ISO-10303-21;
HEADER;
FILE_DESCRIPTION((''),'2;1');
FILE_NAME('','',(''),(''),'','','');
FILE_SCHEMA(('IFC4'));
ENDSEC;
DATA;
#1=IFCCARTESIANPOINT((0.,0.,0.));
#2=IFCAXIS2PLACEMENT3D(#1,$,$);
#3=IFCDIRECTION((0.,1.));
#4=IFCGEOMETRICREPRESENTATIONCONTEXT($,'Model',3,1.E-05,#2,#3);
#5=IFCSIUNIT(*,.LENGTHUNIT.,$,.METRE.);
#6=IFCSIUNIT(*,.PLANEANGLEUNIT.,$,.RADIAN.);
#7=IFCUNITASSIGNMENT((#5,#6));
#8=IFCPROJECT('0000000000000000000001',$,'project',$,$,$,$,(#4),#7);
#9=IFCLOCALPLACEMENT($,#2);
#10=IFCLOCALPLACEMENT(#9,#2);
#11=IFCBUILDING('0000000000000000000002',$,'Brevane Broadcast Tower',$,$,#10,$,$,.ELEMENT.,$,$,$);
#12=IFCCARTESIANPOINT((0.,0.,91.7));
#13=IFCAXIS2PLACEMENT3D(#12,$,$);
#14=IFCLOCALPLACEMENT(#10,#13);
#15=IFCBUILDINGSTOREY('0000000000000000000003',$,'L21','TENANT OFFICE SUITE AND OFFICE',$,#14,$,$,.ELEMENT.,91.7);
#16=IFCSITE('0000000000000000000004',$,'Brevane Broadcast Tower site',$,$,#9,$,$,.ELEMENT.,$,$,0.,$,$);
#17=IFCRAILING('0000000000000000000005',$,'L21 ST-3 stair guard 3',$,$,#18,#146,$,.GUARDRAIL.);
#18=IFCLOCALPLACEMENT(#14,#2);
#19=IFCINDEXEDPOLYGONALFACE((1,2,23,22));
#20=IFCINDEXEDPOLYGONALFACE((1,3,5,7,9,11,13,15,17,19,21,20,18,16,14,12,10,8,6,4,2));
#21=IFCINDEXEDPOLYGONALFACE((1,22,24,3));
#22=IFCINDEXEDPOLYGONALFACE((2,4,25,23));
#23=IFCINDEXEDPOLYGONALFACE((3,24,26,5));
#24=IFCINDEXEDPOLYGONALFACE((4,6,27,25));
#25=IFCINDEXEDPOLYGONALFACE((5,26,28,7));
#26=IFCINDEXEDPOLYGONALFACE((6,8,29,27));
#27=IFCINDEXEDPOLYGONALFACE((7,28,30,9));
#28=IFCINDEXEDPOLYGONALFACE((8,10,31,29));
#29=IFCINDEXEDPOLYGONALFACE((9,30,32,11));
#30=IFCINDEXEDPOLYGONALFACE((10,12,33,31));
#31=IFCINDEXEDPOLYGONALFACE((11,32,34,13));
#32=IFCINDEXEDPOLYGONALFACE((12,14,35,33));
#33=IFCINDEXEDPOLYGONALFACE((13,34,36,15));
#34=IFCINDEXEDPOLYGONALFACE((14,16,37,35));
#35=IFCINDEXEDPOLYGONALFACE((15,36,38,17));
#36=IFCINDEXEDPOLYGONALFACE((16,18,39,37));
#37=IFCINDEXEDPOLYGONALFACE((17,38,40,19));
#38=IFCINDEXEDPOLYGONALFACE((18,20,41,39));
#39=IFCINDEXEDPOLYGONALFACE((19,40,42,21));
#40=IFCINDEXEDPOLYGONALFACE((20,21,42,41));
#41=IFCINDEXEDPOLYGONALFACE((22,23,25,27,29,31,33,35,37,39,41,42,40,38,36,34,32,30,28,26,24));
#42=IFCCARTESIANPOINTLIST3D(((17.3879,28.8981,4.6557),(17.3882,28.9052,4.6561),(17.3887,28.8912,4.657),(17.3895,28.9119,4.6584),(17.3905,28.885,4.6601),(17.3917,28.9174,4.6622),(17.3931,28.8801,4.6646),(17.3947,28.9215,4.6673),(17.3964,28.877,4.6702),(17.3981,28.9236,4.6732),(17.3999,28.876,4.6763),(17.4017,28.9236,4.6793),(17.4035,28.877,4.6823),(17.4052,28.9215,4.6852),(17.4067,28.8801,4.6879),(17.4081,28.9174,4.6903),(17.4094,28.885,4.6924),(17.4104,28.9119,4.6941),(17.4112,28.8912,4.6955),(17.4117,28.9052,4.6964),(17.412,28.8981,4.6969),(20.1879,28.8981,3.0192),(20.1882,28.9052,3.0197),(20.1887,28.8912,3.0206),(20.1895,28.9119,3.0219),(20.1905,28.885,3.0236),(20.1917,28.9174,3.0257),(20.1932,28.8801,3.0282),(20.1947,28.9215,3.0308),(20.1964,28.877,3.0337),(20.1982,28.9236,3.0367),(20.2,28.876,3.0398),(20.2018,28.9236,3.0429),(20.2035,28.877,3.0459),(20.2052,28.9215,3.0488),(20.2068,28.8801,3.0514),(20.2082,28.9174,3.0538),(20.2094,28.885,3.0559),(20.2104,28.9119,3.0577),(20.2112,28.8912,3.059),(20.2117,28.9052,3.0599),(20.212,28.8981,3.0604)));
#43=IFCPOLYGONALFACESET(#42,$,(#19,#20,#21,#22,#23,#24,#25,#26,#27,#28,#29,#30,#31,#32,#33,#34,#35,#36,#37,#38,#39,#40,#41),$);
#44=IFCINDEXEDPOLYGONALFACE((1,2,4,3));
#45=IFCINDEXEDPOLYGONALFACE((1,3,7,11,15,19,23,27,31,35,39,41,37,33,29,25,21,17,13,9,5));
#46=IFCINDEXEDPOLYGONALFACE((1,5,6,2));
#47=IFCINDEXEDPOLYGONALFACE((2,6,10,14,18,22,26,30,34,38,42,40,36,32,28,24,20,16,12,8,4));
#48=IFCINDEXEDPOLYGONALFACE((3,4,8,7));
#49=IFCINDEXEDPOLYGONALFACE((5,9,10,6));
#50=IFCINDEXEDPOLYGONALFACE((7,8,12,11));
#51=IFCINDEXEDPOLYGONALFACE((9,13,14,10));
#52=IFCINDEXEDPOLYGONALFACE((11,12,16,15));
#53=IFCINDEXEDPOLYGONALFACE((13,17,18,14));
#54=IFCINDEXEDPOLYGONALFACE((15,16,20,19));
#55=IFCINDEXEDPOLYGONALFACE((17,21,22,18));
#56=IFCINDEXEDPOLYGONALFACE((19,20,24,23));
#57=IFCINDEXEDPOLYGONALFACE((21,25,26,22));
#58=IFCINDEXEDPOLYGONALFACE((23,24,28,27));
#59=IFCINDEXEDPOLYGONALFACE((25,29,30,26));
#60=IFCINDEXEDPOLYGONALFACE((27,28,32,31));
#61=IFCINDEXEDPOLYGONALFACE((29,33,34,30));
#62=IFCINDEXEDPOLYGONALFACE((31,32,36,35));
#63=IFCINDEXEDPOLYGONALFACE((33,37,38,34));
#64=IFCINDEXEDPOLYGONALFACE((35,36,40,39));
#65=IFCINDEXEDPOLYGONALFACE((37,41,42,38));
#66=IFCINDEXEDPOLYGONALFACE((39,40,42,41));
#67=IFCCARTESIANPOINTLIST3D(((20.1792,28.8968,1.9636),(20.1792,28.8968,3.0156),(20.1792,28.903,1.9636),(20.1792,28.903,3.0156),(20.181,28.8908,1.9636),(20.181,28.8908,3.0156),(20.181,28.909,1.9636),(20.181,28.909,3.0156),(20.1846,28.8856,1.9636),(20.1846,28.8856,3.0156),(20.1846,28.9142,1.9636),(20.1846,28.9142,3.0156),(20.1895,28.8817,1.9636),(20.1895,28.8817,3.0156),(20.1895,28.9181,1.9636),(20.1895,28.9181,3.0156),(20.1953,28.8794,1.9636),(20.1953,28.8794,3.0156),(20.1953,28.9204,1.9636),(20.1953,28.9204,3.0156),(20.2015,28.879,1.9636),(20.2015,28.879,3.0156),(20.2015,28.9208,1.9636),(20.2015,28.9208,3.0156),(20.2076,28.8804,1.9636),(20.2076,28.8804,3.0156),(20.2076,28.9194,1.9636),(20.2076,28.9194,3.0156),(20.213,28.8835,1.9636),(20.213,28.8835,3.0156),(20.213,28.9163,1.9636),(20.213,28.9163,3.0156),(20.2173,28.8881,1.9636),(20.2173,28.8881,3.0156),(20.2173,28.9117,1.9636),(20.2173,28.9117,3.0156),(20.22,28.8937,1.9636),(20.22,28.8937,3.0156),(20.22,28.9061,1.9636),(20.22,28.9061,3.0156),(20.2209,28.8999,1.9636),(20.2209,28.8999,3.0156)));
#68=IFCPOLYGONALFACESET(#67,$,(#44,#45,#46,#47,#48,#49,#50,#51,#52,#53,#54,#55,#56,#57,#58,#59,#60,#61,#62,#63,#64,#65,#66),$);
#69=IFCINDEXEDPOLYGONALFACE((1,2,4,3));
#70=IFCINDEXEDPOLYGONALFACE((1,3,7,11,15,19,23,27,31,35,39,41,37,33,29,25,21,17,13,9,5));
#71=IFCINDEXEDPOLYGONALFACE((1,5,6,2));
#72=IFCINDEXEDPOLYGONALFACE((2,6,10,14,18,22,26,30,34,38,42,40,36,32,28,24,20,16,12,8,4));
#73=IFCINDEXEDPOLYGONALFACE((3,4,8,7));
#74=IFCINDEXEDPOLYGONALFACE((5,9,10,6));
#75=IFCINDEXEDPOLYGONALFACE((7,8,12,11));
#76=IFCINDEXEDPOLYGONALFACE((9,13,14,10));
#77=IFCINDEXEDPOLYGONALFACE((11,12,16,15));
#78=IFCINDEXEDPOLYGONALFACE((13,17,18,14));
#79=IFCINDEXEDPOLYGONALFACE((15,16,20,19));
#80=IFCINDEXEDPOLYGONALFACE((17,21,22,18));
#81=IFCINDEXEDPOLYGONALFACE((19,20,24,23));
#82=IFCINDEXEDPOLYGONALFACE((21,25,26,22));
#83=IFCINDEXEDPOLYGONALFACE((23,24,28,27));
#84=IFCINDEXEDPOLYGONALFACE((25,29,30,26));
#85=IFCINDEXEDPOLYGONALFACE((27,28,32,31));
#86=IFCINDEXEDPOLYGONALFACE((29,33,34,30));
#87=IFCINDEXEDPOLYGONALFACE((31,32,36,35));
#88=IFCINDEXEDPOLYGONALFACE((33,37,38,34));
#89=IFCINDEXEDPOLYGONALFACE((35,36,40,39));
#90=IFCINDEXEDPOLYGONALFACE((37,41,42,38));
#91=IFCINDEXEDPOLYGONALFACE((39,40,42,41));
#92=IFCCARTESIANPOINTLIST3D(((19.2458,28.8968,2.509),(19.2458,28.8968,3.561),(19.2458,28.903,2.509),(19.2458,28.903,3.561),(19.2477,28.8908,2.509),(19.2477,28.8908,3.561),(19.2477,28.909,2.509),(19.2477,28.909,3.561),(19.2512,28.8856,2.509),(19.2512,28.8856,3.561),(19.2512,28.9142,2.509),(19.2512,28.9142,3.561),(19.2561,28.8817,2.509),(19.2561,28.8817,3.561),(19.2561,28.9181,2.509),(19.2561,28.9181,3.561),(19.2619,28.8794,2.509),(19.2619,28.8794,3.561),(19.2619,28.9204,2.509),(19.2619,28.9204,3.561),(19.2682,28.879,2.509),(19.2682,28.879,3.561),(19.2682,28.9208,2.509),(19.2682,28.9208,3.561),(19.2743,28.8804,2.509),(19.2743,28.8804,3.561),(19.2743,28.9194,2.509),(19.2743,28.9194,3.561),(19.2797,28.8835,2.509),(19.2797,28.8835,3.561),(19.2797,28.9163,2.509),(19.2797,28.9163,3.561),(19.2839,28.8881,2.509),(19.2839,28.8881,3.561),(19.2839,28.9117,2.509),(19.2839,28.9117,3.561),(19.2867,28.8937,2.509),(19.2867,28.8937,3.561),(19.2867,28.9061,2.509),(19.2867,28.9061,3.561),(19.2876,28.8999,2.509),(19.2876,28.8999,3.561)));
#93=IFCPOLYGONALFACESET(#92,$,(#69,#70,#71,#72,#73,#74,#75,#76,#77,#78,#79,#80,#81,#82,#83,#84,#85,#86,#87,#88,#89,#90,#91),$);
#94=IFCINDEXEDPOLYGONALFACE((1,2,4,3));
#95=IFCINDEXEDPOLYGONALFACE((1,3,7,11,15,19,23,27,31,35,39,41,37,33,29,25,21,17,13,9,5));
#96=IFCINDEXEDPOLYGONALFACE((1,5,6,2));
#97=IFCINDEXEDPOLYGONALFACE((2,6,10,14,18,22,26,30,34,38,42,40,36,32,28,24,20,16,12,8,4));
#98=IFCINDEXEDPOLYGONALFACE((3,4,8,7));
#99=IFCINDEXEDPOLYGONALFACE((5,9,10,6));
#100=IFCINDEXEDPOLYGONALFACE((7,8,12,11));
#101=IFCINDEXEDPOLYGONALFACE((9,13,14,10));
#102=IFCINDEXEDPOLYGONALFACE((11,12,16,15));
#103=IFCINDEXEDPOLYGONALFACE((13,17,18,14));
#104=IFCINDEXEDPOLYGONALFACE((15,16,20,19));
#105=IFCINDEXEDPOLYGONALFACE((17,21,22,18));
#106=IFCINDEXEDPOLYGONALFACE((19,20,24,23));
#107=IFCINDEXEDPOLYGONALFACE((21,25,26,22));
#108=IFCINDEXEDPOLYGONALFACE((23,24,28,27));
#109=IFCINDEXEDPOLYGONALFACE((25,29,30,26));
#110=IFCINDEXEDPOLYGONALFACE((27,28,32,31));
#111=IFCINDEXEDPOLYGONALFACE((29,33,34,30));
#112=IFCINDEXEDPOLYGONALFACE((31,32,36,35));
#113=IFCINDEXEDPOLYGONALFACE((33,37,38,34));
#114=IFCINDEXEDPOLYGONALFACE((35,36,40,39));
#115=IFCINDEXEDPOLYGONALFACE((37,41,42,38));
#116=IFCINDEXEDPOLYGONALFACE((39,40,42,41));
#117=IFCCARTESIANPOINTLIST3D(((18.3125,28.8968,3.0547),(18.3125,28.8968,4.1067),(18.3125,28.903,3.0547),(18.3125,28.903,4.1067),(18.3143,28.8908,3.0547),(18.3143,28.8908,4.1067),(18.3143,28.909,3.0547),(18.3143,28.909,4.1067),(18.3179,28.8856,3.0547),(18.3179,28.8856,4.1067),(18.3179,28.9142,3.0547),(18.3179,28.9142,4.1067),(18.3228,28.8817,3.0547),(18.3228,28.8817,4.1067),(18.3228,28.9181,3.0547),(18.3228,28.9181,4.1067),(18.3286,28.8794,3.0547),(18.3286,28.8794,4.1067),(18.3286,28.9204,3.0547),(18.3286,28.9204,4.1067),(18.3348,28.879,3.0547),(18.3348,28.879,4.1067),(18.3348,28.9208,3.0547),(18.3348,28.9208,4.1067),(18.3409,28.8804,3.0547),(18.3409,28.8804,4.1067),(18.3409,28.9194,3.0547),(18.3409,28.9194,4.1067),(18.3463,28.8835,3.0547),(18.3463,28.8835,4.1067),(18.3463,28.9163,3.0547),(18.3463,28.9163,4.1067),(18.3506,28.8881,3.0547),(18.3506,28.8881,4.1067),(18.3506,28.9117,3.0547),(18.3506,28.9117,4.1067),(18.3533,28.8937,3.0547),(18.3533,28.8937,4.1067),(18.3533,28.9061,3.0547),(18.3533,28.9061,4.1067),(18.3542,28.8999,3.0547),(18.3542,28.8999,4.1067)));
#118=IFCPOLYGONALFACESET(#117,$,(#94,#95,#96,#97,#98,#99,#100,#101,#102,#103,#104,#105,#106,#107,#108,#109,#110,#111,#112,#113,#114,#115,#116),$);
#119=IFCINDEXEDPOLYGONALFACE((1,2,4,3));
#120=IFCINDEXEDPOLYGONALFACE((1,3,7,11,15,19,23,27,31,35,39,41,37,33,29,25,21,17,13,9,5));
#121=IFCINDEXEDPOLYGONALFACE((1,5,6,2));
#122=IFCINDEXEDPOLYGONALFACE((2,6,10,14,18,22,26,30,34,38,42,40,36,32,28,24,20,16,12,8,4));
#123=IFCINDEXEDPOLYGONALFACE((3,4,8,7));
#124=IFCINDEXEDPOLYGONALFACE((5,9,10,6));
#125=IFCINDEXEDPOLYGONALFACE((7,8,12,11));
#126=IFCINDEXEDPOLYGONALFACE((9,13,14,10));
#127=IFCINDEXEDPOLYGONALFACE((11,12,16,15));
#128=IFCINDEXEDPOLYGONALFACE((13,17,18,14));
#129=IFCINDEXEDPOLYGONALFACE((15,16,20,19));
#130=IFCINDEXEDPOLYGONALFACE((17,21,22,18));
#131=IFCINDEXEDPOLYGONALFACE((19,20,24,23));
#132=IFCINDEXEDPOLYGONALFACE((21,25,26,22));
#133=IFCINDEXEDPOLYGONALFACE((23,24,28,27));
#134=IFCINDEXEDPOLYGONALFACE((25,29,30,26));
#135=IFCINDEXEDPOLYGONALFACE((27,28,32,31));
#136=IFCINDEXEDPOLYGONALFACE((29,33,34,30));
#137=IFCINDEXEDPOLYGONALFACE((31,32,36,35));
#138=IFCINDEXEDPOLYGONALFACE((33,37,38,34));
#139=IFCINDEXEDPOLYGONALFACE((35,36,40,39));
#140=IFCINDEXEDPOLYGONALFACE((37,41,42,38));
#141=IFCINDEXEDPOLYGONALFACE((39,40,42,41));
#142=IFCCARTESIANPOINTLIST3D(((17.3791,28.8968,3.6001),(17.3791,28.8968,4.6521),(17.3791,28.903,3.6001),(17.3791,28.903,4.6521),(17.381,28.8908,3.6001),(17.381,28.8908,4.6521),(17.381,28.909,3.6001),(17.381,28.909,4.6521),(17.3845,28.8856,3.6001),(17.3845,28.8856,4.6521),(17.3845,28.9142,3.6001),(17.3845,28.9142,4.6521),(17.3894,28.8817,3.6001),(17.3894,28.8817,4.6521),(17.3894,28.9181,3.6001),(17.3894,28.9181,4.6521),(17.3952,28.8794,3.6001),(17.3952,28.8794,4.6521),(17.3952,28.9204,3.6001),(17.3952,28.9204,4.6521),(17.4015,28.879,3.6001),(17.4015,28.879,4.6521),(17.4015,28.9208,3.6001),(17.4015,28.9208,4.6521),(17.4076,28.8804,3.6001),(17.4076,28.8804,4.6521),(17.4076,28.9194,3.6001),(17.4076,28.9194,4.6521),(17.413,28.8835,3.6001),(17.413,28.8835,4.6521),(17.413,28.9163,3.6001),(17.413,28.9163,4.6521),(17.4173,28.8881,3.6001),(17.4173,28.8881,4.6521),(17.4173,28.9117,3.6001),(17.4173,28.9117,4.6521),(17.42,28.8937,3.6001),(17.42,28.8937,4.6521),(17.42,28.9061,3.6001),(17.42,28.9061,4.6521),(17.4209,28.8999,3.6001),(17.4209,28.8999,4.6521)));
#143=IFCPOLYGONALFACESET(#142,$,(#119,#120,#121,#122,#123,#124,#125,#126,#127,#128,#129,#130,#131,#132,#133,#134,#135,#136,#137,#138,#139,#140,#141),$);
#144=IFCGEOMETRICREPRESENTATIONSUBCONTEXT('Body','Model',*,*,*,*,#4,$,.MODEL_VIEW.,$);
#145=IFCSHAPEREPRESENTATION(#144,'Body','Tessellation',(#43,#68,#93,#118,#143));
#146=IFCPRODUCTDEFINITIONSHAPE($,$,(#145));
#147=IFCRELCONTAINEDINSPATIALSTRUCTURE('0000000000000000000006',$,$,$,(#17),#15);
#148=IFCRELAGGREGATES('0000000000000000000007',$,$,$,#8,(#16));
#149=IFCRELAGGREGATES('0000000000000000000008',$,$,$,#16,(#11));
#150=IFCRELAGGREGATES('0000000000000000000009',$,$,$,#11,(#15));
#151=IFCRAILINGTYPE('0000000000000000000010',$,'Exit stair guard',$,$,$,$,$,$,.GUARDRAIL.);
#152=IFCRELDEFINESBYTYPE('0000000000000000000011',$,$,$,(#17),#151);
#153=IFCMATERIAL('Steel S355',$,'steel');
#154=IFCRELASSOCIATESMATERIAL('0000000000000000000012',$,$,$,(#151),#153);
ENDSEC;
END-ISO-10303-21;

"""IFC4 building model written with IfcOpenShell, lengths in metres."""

from ifc_helpers import new_model, si_unit, direction, frame, origin, origin_2d, place, context, subcontext, project, spatial, circle, extrude, material, type_object, element, save


model = new_model("IFC4")

# Units and contexts
model_context = context("Model", 3, precision=1e-05, world=origin(), true_north=direction((0.0, 1.0)))
body_context = subcontext(model_context, "Body", "Model", "MODEL_VIEW")
ifc_project = project(units=[si_unit("LENGTHUNIT", "METRE"), si_unit("PLANEANGLEUNIT", "RADIAN")], contexts=[model_context])

# Site, building, storey
site_placement = place(None, origin())
site = spatial("IfcSite", under=ifc_project, at=site_placement, Name="Brevane Broadcast Tower site", CompositionType="ELEMENT", RefElevation=0.0)
building_placement = place(site_placement, origin())
building = spatial("IfcBuilding", under=site, at=building_placement, Name="Brevane Broadcast Tower", CompositionType="ELEMENT")
storey_placement = place(building_placement, frame((0.0, 0.0, 91.7)))
storey = spatial("IfcBuildingStorey", under=building, at=storey_placement, Name="L21", Description="TENANT OFFICE SUITE AND OFFICE", CompositionType="ELEMENT", Elevation=91.7)

# Railing
ifc_material_1 = material(Name="Steel S355", Category="steel")
railing_type_1 = type_object("IfcRailingType", Name="Exit stair guard", PredefinedType="GUARDRAIL", material=ifc_material_1)
railing_1_placement = place(storey_placement, frame((20.2, 28.8999, 1.9636)))
element("IfcRailing", 1, at=railing_1_placement, inside=storey, type_object=railing_type_1, Name="L21 ST-3 stair guard 3", PredefinedType="GUARDRAIL", context=body_context, shape_type="SweptSolid", body=[
    extrude(circle(Radius=0.0239, at=origin_2d()), frame((0.0, 0.0, 1.0762), z_axis=(-0.863361, 0.0, 0.504587), x_axis=(0.0, -1.0, 0.0)), (0.0, 0.0, 1.0), 3.2432),
    extrude(circle(Radius=0.021, at=origin_2d()), origin(), (0.0, 0.0, 1.0), 1.052),
    extrude(circle(Radius=0.021, at=origin_2d()), frame((-0.9333, 0.0, 0.5454)), (0.0, 0.0, 1.0), 1.052),
    extrude(circle(Radius=0.021, at=origin_2d()), frame((-1.8667, 0.0, 1.0911)), (0.0, 0.0, 1.0), 1.052),
    extrude(circle(Radius=0.021, at=origin_2d()), frame((-2.8, 0.0, 1.6365)), (0.0, 0.0, 1.0), 1.052),
])

save(model, "model.ifc")
